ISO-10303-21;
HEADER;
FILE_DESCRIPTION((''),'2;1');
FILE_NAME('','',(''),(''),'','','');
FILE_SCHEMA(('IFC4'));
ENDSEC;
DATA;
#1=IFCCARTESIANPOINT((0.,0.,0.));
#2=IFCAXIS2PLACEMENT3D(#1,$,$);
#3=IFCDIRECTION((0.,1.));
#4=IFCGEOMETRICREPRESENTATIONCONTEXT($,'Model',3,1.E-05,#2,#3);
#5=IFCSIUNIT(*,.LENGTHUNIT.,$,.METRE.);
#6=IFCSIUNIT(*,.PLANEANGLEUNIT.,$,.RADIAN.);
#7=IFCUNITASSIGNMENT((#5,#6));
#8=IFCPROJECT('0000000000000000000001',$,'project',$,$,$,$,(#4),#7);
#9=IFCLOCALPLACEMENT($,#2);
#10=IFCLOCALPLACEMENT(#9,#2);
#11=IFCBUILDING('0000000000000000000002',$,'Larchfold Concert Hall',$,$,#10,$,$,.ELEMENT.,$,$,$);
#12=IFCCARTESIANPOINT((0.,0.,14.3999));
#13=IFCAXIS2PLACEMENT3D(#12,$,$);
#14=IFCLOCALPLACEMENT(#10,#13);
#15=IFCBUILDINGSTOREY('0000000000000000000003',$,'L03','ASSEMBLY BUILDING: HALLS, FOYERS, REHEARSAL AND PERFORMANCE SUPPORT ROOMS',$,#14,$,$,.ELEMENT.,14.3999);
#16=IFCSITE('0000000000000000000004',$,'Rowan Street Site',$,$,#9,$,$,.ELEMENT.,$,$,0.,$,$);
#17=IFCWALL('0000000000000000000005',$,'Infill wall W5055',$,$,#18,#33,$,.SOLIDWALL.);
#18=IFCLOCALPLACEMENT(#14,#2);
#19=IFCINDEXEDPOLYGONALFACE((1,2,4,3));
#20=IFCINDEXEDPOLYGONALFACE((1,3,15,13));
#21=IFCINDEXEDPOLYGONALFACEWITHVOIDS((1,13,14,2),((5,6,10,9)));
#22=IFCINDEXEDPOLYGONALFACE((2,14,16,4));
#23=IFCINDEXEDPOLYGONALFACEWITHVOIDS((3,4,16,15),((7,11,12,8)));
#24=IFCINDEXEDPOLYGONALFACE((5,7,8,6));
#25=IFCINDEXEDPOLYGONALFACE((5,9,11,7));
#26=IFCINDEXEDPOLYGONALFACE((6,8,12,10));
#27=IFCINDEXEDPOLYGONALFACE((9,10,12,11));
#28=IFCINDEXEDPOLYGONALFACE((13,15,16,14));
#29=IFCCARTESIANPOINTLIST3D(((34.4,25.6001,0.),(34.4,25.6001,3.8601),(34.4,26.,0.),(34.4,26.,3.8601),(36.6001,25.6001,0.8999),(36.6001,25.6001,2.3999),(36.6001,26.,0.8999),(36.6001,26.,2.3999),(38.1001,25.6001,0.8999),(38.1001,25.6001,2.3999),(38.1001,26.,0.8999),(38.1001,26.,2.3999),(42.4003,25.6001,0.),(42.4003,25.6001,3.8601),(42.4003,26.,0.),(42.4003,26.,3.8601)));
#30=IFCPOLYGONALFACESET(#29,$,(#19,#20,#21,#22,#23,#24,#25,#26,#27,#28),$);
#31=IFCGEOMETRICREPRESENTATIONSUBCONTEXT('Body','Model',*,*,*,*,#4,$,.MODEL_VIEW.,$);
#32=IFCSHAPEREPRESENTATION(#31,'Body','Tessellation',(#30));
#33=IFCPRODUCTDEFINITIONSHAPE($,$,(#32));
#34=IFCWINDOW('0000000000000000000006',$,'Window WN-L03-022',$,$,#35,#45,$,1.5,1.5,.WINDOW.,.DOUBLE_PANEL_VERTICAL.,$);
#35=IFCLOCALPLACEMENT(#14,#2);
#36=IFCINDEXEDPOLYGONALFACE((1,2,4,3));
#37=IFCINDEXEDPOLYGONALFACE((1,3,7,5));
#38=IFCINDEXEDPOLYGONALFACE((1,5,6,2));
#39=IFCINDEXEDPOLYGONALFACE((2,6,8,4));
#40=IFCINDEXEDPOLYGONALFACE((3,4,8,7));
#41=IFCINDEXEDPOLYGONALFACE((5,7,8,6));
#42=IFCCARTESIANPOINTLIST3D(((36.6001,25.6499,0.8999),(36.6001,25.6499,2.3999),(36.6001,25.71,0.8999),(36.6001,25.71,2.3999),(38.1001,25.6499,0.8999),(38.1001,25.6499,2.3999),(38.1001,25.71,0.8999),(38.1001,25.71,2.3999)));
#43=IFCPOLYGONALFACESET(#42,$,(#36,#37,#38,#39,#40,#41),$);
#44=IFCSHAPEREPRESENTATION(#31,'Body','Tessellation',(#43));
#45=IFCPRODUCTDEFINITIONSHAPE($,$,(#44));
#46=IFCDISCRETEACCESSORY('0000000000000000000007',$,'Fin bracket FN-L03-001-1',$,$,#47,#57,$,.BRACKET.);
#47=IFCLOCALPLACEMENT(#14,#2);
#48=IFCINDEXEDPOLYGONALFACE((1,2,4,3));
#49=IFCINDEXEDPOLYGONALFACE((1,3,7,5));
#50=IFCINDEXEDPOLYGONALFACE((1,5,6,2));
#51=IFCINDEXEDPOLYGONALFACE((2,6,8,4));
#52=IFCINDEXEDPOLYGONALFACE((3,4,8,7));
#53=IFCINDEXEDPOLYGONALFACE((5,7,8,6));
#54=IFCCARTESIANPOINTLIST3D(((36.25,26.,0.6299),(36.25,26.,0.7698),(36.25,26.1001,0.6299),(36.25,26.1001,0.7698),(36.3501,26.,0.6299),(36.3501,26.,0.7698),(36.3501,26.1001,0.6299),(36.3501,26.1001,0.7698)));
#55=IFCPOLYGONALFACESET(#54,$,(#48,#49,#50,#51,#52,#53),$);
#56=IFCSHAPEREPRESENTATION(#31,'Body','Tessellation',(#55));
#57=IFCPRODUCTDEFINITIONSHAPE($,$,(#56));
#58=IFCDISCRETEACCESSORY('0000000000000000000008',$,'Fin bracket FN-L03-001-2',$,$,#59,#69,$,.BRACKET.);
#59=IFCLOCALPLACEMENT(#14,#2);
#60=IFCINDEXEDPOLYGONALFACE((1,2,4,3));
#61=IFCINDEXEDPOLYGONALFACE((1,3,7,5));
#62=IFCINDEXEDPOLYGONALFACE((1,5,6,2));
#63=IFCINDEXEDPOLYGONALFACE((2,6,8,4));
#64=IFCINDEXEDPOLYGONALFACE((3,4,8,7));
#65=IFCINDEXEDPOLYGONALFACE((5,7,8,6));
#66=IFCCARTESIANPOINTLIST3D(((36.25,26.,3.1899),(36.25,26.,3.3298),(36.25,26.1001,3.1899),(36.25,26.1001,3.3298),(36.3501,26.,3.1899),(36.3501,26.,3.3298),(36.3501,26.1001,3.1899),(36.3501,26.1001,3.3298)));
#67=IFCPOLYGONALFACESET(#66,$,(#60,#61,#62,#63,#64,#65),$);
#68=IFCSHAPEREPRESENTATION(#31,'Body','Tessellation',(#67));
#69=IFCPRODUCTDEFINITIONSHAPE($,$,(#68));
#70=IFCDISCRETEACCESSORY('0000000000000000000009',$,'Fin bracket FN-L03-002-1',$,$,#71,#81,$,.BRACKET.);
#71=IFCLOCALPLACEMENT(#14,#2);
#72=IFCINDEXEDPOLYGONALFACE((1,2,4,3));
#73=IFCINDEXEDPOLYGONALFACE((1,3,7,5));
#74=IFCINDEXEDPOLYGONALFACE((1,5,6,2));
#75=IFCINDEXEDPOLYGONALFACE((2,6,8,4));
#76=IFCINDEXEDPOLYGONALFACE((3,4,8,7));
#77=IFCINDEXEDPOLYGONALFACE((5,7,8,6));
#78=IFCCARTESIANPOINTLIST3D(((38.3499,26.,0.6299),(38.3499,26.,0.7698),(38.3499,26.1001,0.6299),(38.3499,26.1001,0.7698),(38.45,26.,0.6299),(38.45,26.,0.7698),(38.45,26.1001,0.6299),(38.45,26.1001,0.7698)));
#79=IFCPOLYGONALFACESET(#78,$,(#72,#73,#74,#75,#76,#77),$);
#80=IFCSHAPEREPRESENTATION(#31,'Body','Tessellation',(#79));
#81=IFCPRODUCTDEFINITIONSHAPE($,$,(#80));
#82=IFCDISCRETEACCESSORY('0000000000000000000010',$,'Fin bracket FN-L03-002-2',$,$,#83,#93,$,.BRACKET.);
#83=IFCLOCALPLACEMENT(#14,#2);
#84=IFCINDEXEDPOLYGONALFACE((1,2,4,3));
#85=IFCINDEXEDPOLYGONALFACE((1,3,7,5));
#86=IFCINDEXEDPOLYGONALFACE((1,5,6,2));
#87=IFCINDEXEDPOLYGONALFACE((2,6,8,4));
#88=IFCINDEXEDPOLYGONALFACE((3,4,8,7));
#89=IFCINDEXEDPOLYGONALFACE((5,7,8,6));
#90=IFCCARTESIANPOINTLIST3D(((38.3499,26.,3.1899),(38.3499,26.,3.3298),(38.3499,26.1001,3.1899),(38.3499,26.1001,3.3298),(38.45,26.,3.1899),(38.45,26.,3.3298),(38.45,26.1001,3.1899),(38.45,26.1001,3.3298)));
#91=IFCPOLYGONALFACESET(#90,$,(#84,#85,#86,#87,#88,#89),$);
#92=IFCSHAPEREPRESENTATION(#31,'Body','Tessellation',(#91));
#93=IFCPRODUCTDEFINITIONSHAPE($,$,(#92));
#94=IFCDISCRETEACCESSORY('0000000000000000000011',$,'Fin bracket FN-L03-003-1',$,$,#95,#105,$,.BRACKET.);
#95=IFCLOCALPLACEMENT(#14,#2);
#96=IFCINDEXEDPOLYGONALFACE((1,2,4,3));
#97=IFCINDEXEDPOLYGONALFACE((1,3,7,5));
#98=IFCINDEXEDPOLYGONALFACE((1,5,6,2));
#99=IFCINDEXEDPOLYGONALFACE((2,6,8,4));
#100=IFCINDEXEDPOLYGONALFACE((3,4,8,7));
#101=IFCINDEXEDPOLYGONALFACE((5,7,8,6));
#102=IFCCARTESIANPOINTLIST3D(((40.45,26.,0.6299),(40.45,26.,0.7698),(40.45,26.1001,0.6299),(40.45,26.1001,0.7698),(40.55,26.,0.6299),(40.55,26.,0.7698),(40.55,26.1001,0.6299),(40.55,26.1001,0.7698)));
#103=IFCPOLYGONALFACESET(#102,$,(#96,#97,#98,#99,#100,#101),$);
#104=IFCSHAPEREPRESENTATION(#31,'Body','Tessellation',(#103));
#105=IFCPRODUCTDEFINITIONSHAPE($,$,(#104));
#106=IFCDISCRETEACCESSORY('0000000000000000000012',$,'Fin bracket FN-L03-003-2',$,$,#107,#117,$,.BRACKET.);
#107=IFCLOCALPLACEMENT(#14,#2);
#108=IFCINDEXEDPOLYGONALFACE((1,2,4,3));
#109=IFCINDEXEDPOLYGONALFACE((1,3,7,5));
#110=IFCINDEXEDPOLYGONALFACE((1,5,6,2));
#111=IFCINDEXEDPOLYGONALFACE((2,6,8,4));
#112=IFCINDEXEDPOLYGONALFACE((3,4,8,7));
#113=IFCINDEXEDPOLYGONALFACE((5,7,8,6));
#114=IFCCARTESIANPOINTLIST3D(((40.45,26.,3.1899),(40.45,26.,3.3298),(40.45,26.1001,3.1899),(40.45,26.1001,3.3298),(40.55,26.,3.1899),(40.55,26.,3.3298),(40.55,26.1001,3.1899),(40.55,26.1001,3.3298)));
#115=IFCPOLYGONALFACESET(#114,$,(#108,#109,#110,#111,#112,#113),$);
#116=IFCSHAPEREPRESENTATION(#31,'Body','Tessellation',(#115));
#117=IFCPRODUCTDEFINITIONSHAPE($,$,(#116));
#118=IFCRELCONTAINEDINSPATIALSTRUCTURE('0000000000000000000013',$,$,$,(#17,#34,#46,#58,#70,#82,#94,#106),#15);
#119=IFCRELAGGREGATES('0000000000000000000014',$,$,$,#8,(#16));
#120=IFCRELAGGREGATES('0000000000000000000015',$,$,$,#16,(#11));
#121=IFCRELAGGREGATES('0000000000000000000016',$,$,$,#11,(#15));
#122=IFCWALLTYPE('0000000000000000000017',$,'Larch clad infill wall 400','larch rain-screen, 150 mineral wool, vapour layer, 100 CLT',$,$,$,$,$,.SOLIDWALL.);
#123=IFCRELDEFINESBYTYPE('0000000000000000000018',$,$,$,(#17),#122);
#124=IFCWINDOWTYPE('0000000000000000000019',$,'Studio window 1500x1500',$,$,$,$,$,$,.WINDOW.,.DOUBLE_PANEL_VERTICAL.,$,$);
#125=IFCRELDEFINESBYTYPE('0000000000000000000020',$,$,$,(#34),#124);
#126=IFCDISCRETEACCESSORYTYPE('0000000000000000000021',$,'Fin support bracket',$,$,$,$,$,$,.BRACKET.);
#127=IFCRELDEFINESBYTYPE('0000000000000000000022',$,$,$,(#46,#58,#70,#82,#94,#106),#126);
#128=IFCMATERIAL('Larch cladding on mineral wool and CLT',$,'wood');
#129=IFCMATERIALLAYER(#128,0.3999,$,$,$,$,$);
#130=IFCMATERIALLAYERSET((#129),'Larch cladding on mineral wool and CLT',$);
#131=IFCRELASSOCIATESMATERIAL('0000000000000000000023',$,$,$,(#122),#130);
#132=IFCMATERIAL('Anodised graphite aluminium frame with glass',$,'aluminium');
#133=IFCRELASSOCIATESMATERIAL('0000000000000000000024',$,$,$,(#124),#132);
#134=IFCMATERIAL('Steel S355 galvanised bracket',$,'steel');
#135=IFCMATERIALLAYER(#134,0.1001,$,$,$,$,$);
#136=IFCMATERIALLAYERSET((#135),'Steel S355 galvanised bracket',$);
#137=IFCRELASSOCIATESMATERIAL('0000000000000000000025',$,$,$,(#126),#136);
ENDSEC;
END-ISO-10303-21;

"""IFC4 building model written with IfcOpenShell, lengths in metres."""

from ifc_helpers import new_model, si_unit, direction, frame, frame_2d, origin, origin_2d, place, context, subcontext, project, spatial, rectangle, extrude, material, layer, layer_set, type_object, element, fill, save


model = new_model("IFC4")

# Units and contexts
model_context = context("Model", 3, precision=1e-05, world=origin(), true_north=direction((0.0, 1.0)))
body_context = subcontext(model_context, "Body", "Model", "MODEL_VIEW")
ifc_project = project(units=[si_unit("LENGTHUNIT", "METRE"), si_unit("PLANEANGLEUNIT", "RADIAN")], contexts=[model_context])

# Site, building, storey
site_placement = place(None, origin())
site = spatial("IfcSite", under=ifc_project, at=site_placement, Name="Rowan Street Site", CompositionType="ELEMENT", RefElevation=0.0)
building_placement = place(site_placement, origin())
building = spatial("IfcBuilding", under=site, at=building_placement, Name="Larchfold Concert Hall", CompositionType="ELEMENT")
storey_placement = place(building_placement, frame((0.0, 0.0, 14.3999)))
storey = spatial("IfcBuildingStorey", under=building, at=storey_placement, Name="L03", Description="ASSEMBLY BUILDING: HALLS, FOYERS, REHEARSAL AND PERFORMANCE SUPPORT ROOMS", CompositionType="ELEMENT", Elevation=14.3999)

# Wall, opening, window
ifc_material_1 = material(Name="Larch cladding on mineral wool and CLT", Category="wood")
ifc_layer_1 = layer(ifc_material_1, 0.3999)
ifc_layer_set_1 = layer_set([ifc_layer_1], Name="Larch cladding on mineral wool and CLT")
wall_type_1 = type_object("IfcWallType", Name="Larch clad infill wall 400", Description="larch rain-screen, 150 mineral wool, vapour layer, 100 CLT", PredefinedType="SOLIDWALL", material=ifc_layer_set_1)
wall_1_placement = place(storey_placement, frame((42.4001, 25.8, 0.0), z_axis=(0.0, 0.0, 1.0), x_axis=(-1.0, 0.0, 0.0)))
wall_1 = element("IfcWall", 1, at=wall_1_placement, inside=storey, type_object=wall_type_1, Name="Infill wall W5055", PredefinedType="SOLIDWALL", context=body_context, shape_type="SweptSolid", body=[
    extrude(rectangle(XDim=8.0002, YDim=0.3999, at=frame_2d((4.0, 0.0))), origin(), (0.0, 0.0, 1.0), 3.8601),
])
opening_1_placement = place(wall_1_placement, frame((4.3, 0.0, 0.8999)))
opening_1 = element("IfcOpeningElement", 2, at=opening_1_placement, cuts=wall_1, PredefinedType="OPENING", context=body_context, shape_type="SweptSolid", body=[
    extrude(rectangle(XDim=1.5, YDim=1.5, at=frame_2d((0.75, 0.75))), frame((0.0, 0.21, 0.0), z_axis=(0.0, -1.0, 0.0), x_axis=(1.0, 0.0, 0.0)), (0.0, 0.0, 1.0), 0.4199),
])
ifc_material_2 = material(Name="Anodised graphite aluminium frame with glass", Category="aluminium")
window_type = type_object("IfcWindowType", Name="Studio window 1500x1500", PartitioningType="DOUBLE_PANEL_VERTICAL", PredefinedType="WINDOW", material=ifc_material_2)
window_placement = place(opening_1_placement, origin())
window = element("IfcWindow", 3, at=window_placement, inside=storey, type_object=window_type, Name="Window WN-L03-022", OverallHeight=1.5, OverallWidth=1.5, PartitioningType="DOUBLE_PANEL_VERTICAL", PredefinedType="WINDOW", context=body_context, shape_type="SweptSolid", body=[
    extrude(rectangle(XDim=1.5, YDim=1.5, at=frame_2d((0.75, 0.75))), frame((0.0, 0.1501, 0.0), z_axis=(0.0, -1.0, 0.0), x_axis=(1.0, 0.0, 0.0)), (0.0, 0.0, 1.0), 0.0601),
])
fill(opening_1, window)

# Discrete accessories
ifc_material_3 = material(Name="Steel S355 galvanised bracket", Category="steel")
ifc_layer_2 = layer(ifc_material_3, 0.1001)
ifc_layer_set_2 = layer_set([ifc_layer_2], Name="Steel S355 galvanised bracket")
discrete_accessory_type = type_object("IfcDiscreteAccessoryType", Name="Fin support bracket", PredefinedType="BRACKET", material=ifc_layer_set_2)
for number, where, z_axis, x_axis, name in (
    (4, (36.3, 26.05, 0.6299), (0.0, 0.0, 1.0), (0.0, 1.0, 0.0), "Fin bracket FN-L03-001-1"),
    (5, (36.3, 26.05, 3.1899), (0.0, 0.0, 1.0), (0.0, 1.0, 0.0), "Fin bracket FN-L03-001-2"),
    (6, (38.3999, 26.05, 0.6299), (0.0, 0.0, 1.0), (0.0, 1.0, 0.0), "Fin bracket FN-L03-002-1"),
    (7, (38.3999, 26.05, 3.1899), (0.0, 0.0, 1.0), (0.0, 1.0, 0.0), "Fin bracket FN-L03-002-2"),
    (8, (40.5, 26.05, 0.6299), (0.0, 0.0, 1.0), (0.0, 1.0, 0.0), "Fin bracket FN-L03-003-1"),
    (9, (40.5, 26.05, 3.1899), (0.0, 0.0, 1.0), (0.0, 1.0, 0.0), "Fin bracket FN-L03-003-2"),
):
    element("IfcDiscreteAccessory", number, at=place(storey_placement, frame(where, z_axis=z_axis, x_axis=x_axis)), inside=storey, type_object=discrete_accessory_type, Name=name, PredefinedType="BRACKET", context=body_context, shape_type="SweptSolid", body=[
        extrude(rectangle(XDim=0.1001, YDim=0.1001, at=origin_2d()), origin(), (0.0, 0.0, 1.0), 0.1399),
    ])

save(model, "model.ifc")
